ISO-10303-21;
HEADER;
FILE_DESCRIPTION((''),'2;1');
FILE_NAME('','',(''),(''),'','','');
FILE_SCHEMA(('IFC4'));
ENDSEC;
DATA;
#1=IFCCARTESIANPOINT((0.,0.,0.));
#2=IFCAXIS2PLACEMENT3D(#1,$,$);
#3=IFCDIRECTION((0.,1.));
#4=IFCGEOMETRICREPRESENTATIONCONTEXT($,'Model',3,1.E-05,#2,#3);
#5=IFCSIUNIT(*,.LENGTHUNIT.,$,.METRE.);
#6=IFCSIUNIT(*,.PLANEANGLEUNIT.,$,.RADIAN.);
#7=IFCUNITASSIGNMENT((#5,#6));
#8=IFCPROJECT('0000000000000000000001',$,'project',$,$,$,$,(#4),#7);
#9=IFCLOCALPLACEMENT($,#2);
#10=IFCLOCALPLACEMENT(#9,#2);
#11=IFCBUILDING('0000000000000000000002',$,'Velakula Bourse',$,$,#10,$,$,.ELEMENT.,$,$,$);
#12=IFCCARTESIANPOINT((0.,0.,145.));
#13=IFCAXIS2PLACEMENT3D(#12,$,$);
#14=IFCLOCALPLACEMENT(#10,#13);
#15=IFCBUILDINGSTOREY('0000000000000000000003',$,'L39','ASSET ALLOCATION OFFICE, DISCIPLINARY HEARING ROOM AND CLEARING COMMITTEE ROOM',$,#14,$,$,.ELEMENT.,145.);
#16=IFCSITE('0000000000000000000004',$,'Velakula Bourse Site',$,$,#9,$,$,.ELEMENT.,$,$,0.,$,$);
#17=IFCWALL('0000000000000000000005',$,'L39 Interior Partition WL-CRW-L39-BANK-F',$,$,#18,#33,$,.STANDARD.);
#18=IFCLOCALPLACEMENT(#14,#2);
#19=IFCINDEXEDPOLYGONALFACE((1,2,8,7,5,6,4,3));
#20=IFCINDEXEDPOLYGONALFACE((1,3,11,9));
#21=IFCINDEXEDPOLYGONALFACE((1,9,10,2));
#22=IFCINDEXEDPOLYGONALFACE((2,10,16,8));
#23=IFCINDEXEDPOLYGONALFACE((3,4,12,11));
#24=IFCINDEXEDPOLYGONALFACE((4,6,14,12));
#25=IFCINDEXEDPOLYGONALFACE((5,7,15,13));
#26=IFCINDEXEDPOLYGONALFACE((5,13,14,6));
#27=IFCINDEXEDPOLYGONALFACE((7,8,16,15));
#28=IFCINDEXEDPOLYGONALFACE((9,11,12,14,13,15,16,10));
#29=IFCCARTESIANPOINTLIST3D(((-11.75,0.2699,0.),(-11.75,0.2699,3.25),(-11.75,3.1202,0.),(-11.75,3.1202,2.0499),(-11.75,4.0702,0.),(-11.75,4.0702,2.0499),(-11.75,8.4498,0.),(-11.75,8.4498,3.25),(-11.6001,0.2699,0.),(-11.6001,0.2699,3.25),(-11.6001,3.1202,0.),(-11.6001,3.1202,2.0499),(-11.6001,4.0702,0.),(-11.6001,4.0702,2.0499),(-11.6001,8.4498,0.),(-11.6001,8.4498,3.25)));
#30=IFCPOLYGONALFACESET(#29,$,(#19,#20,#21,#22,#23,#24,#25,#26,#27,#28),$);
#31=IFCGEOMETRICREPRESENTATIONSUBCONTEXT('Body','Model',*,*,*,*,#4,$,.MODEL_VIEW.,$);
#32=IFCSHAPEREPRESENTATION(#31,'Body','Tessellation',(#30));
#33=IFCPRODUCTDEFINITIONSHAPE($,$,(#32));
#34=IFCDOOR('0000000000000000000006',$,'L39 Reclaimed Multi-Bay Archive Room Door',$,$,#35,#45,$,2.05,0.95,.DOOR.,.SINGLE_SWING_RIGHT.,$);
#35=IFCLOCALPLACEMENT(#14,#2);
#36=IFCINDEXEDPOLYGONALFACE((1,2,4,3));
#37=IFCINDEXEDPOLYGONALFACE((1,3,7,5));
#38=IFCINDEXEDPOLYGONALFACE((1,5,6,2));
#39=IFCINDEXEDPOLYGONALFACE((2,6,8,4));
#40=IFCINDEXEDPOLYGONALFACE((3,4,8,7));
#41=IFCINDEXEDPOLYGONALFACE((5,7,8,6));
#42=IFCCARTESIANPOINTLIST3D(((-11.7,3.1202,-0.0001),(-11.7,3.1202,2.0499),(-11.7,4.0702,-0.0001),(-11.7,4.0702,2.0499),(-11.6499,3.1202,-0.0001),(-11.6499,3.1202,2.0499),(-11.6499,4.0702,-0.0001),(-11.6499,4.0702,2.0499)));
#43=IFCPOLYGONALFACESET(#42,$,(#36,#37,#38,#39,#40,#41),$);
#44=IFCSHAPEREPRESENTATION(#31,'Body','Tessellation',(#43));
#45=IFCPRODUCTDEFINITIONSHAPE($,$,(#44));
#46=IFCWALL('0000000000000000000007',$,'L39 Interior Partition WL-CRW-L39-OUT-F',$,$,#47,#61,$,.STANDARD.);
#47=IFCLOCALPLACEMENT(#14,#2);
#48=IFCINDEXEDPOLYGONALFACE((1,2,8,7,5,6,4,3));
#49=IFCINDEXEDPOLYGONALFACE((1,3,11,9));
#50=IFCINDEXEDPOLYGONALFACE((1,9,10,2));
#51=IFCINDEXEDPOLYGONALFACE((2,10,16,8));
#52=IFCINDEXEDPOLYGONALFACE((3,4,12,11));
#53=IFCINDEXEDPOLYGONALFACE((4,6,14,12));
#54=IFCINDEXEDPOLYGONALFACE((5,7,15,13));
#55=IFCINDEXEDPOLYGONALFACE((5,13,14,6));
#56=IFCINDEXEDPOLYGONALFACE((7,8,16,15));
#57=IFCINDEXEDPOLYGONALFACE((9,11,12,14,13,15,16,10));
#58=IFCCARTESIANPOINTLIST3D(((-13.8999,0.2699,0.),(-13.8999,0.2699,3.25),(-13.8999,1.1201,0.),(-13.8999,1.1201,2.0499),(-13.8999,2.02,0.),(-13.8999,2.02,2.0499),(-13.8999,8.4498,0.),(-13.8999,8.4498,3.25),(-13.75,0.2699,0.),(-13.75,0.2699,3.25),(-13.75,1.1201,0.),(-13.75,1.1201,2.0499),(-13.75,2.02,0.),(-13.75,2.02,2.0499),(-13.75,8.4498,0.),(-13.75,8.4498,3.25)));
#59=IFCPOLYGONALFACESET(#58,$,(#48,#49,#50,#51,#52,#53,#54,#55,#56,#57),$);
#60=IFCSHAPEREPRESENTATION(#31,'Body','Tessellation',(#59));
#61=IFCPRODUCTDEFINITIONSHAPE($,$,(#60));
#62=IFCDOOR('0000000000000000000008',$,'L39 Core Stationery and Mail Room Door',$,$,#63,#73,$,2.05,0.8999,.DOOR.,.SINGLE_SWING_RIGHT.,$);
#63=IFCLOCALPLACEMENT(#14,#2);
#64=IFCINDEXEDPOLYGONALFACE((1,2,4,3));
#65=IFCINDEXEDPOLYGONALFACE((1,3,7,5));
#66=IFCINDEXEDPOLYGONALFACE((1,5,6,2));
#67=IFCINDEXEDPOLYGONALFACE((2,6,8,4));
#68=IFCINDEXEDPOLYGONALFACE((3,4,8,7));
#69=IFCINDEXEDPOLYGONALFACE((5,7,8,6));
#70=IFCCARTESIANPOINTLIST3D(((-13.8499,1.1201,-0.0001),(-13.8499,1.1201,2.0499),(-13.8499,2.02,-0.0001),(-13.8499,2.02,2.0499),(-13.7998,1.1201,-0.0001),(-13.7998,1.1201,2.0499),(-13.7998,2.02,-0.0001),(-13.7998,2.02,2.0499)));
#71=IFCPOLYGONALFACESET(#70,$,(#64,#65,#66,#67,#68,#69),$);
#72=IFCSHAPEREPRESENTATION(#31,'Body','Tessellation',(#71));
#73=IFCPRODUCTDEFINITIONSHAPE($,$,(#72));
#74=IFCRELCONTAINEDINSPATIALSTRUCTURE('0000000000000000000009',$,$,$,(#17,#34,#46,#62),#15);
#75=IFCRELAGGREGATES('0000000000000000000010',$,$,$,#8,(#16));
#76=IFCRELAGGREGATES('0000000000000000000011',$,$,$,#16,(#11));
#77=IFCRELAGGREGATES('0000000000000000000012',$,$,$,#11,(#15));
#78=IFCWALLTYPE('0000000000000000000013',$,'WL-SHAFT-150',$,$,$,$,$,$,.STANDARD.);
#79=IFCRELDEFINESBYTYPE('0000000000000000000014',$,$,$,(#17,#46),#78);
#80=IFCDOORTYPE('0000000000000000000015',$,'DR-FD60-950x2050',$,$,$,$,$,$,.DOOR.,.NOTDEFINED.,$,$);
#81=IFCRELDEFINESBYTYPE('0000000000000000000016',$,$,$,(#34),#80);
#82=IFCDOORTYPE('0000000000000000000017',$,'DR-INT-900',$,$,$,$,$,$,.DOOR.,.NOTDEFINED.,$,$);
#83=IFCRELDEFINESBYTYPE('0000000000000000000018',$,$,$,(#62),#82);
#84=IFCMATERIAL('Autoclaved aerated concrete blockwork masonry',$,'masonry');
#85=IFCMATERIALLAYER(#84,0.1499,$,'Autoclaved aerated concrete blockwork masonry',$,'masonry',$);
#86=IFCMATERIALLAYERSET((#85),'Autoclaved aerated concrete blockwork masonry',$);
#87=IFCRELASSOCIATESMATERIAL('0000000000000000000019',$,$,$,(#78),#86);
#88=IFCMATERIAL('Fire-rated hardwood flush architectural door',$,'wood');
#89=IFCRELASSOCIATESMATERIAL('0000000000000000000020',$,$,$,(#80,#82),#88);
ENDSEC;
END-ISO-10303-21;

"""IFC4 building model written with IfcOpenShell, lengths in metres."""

from ifc_helpers import new_model, si_unit, direction, frame, frame_2d, origin, place, context, subcontext, project, spatial, rectangle, extrude, material, layer, layer_set, type_object, element, fill, save


model = new_model("IFC4")

# Units and contexts
model_context = context("Model", 3, precision=1e-05, world=origin(), true_north=direction((0.0, 1.0)))
body_context = subcontext(model_context, "Body", "Model", "MODEL_VIEW")
ifc_project = project(units=[si_unit("LENGTHUNIT", "METRE"), si_unit("PLANEANGLEUNIT", "RADIAN")], contexts=[model_context])

# Site, building, storey
site_placement = place(None, origin())
site = spatial("IfcSite", under=ifc_project, at=site_placement, Name="Velakula Bourse Site", CompositionType="ELEMENT", RefElevation=0.0)
building_placement = place(site_placement, origin())
building = spatial("IfcBuilding", under=site, at=building_placement, Name="Velakula Bourse", CompositionType="ELEMENT")
storey_placement = place(building_placement, frame((0.0, 0.0, 145.0)))
storey = spatial("IfcBuildingStorey", under=building, at=storey_placement, Name="L39", Description="ASSET ALLOCATION OFFICE, DISCIPLINARY HEARING ROOM AND CLEARING COMMITTEE ROOM", CompositionType="ELEMENT", Elevation=145.0)

# Shared definitions
ifc_material_1 = material(Name="Fire-rated hardwood flush architectural door", Category="wood")

# Shared definitions
ifc_material_2 = material(Name="Autoclaved aerated concrete blockwork masonry", Category="masonry")
ifc_layer_1 = layer(ifc_material_2, 0.1499, Name="Autoclaved aerated concrete blockwork masonry", Category="masonry")
ifc_layer_set_1 = layer_set([ifc_layer_1], Name="Autoclaved aerated concrete blockwork masonry")
wall_type_1 = type_object("IfcWallType", Name="WL-SHAFT-150", PredefinedType="STANDARD", material=ifc_layer_set_1)

# Walls, openings, doors
wall_1_placement = place(storey_placement, frame((-11.675, 0.27, 0.0), z_axis=(0.0, 0.0, 1.0), x_axis=(0.0, 1.0, 0.0)))
wall_1 = element("IfcWall", 1, at=wall_1_placement, inside=storey, type_object=wall_type_1, Name="L39 Interior Partition WL-CRW-L39-BANK-F", PredefinedType="STANDARD", context=body_context, shape_type="SweptSolid", body=[
    extrude(rectangle(XDim=8.1799, YDim=0.1499, at=frame_2d((4.0898, 0.0))), origin(), (0.0, 0.0, 1.0), 3.25),
])
opening_1_placement = place(wall_1_placement, frame((2.8501, 0.0, 0.0)))
opening_1 = element("IfcOpeningElement", 2, at=opening_1_placement, cuts=wall_1, PredefinedType="OPENING", context=body_context, shape_type="SweptSolid", body=[
    extrude(rectangle(XDim=0.95, YDim=2.05, at=frame_2d((0.4751, 1.0249))), frame((0.0, 0.085, 0.0), z_axis=(0.0, -1.0, 0.0), x_axis=(1.0, 0.0, 0.0)), (0.0, 0.0, 1.0), 0.1699),
])
door_type_1 = type_object("IfcDoorType", Name="DR-FD60-950x2050", OperationType="NOTDEFINED", PredefinedType="DOOR", material=ifc_material_1)
door_1_placement = place(opening_1_placement, origin())
door_1 = element("IfcDoor", 3, at=door_1_placement, inside=storey, type_object=door_type_1, Name="L39 Reclaimed Multi-Bay Archive Room Door", OperationType="SINGLE_SWING_RIGHT", OverallHeight=2.05, OverallWidth=0.95, PredefinedType="DOOR", context=body_context, shape_type="SweptSolid", body=[
    extrude(rectangle(XDim=0.95, YDim=2.05, at=frame_2d((0.4751, 1.0249))), frame((0.0, 0.0249, 0.0), z_axis=(0.0, -1.0, 0.0), x_axis=(1.0, 0.0, 0.0)), (0.0, 0.0, 1.0), 0.05),
])
fill(opening_1, door_1)
wall_2_placement = place(storey_placement, frame((-13.825, 0.27, 0.0), z_axis=(0.0, 0.0, 1.0), x_axis=(0.0, 1.0, 0.0)))
wall_2 = element("IfcWall", 4, at=wall_2_placement, inside=storey, type_object=wall_type_1, Name="L39 Interior Partition WL-CRW-L39-OUT-F", PredefinedType="STANDARD", context=body_context, shape_type="SweptSolid", body=[
    extrude(rectangle(XDim=8.1799, YDim=0.1499, at=frame_2d((4.0898, 0.0))), origin(), (0.0, 0.0, 1.0), 3.25),
])
opening_2_placement = place(wall_2_placement, frame((0.8501, 0.0, 0.0)))
opening_2 = element("IfcOpeningElement", 5, at=opening_2_placement, cuts=wall_2, PredefinedType="OPENING", context=body_context, shape_type="SweptSolid", body=[
    extrude(rectangle(XDim=0.8999, YDim=2.05, at=frame_2d((0.45, 1.0249))), frame((0.0, 0.085, 0.0), z_axis=(0.0, -1.0, 0.0), x_axis=(1.0, 0.0, 0.0)), (0.0, 0.0, 1.0), 0.1699),
])
door_type_2 = type_object("IfcDoorType", Name="DR-INT-900", OperationType="NOTDEFINED", PredefinedType="DOOR", material=ifc_material_1)
door_2_placement = place(opening_2_placement, origin())
door_2 = element("IfcDoor", 6, at=door_2_placement, inside=storey, type_object=door_type_2, Name="L39 Core Stationery and Mail Room Door", OperationType="SINGLE_SWING_RIGHT", OverallHeight=2.05, OverallWidth=0.8999, PredefinedType="DOOR", context=body_context, shape_type="SweptSolid", body=[
    extrude(rectangle(XDim=0.8999, YDim=2.05, at=frame_2d((0.45, 1.0249))), frame((0.0, 0.0249, 0.0), z_axis=(0.0, -1.0, 0.0), x_axis=(1.0, 0.0, 0.0)), (0.0, 0.0, 1.0), 0.05),
])
fill(opening_2, door_2)

save(model, "model.ifc")
